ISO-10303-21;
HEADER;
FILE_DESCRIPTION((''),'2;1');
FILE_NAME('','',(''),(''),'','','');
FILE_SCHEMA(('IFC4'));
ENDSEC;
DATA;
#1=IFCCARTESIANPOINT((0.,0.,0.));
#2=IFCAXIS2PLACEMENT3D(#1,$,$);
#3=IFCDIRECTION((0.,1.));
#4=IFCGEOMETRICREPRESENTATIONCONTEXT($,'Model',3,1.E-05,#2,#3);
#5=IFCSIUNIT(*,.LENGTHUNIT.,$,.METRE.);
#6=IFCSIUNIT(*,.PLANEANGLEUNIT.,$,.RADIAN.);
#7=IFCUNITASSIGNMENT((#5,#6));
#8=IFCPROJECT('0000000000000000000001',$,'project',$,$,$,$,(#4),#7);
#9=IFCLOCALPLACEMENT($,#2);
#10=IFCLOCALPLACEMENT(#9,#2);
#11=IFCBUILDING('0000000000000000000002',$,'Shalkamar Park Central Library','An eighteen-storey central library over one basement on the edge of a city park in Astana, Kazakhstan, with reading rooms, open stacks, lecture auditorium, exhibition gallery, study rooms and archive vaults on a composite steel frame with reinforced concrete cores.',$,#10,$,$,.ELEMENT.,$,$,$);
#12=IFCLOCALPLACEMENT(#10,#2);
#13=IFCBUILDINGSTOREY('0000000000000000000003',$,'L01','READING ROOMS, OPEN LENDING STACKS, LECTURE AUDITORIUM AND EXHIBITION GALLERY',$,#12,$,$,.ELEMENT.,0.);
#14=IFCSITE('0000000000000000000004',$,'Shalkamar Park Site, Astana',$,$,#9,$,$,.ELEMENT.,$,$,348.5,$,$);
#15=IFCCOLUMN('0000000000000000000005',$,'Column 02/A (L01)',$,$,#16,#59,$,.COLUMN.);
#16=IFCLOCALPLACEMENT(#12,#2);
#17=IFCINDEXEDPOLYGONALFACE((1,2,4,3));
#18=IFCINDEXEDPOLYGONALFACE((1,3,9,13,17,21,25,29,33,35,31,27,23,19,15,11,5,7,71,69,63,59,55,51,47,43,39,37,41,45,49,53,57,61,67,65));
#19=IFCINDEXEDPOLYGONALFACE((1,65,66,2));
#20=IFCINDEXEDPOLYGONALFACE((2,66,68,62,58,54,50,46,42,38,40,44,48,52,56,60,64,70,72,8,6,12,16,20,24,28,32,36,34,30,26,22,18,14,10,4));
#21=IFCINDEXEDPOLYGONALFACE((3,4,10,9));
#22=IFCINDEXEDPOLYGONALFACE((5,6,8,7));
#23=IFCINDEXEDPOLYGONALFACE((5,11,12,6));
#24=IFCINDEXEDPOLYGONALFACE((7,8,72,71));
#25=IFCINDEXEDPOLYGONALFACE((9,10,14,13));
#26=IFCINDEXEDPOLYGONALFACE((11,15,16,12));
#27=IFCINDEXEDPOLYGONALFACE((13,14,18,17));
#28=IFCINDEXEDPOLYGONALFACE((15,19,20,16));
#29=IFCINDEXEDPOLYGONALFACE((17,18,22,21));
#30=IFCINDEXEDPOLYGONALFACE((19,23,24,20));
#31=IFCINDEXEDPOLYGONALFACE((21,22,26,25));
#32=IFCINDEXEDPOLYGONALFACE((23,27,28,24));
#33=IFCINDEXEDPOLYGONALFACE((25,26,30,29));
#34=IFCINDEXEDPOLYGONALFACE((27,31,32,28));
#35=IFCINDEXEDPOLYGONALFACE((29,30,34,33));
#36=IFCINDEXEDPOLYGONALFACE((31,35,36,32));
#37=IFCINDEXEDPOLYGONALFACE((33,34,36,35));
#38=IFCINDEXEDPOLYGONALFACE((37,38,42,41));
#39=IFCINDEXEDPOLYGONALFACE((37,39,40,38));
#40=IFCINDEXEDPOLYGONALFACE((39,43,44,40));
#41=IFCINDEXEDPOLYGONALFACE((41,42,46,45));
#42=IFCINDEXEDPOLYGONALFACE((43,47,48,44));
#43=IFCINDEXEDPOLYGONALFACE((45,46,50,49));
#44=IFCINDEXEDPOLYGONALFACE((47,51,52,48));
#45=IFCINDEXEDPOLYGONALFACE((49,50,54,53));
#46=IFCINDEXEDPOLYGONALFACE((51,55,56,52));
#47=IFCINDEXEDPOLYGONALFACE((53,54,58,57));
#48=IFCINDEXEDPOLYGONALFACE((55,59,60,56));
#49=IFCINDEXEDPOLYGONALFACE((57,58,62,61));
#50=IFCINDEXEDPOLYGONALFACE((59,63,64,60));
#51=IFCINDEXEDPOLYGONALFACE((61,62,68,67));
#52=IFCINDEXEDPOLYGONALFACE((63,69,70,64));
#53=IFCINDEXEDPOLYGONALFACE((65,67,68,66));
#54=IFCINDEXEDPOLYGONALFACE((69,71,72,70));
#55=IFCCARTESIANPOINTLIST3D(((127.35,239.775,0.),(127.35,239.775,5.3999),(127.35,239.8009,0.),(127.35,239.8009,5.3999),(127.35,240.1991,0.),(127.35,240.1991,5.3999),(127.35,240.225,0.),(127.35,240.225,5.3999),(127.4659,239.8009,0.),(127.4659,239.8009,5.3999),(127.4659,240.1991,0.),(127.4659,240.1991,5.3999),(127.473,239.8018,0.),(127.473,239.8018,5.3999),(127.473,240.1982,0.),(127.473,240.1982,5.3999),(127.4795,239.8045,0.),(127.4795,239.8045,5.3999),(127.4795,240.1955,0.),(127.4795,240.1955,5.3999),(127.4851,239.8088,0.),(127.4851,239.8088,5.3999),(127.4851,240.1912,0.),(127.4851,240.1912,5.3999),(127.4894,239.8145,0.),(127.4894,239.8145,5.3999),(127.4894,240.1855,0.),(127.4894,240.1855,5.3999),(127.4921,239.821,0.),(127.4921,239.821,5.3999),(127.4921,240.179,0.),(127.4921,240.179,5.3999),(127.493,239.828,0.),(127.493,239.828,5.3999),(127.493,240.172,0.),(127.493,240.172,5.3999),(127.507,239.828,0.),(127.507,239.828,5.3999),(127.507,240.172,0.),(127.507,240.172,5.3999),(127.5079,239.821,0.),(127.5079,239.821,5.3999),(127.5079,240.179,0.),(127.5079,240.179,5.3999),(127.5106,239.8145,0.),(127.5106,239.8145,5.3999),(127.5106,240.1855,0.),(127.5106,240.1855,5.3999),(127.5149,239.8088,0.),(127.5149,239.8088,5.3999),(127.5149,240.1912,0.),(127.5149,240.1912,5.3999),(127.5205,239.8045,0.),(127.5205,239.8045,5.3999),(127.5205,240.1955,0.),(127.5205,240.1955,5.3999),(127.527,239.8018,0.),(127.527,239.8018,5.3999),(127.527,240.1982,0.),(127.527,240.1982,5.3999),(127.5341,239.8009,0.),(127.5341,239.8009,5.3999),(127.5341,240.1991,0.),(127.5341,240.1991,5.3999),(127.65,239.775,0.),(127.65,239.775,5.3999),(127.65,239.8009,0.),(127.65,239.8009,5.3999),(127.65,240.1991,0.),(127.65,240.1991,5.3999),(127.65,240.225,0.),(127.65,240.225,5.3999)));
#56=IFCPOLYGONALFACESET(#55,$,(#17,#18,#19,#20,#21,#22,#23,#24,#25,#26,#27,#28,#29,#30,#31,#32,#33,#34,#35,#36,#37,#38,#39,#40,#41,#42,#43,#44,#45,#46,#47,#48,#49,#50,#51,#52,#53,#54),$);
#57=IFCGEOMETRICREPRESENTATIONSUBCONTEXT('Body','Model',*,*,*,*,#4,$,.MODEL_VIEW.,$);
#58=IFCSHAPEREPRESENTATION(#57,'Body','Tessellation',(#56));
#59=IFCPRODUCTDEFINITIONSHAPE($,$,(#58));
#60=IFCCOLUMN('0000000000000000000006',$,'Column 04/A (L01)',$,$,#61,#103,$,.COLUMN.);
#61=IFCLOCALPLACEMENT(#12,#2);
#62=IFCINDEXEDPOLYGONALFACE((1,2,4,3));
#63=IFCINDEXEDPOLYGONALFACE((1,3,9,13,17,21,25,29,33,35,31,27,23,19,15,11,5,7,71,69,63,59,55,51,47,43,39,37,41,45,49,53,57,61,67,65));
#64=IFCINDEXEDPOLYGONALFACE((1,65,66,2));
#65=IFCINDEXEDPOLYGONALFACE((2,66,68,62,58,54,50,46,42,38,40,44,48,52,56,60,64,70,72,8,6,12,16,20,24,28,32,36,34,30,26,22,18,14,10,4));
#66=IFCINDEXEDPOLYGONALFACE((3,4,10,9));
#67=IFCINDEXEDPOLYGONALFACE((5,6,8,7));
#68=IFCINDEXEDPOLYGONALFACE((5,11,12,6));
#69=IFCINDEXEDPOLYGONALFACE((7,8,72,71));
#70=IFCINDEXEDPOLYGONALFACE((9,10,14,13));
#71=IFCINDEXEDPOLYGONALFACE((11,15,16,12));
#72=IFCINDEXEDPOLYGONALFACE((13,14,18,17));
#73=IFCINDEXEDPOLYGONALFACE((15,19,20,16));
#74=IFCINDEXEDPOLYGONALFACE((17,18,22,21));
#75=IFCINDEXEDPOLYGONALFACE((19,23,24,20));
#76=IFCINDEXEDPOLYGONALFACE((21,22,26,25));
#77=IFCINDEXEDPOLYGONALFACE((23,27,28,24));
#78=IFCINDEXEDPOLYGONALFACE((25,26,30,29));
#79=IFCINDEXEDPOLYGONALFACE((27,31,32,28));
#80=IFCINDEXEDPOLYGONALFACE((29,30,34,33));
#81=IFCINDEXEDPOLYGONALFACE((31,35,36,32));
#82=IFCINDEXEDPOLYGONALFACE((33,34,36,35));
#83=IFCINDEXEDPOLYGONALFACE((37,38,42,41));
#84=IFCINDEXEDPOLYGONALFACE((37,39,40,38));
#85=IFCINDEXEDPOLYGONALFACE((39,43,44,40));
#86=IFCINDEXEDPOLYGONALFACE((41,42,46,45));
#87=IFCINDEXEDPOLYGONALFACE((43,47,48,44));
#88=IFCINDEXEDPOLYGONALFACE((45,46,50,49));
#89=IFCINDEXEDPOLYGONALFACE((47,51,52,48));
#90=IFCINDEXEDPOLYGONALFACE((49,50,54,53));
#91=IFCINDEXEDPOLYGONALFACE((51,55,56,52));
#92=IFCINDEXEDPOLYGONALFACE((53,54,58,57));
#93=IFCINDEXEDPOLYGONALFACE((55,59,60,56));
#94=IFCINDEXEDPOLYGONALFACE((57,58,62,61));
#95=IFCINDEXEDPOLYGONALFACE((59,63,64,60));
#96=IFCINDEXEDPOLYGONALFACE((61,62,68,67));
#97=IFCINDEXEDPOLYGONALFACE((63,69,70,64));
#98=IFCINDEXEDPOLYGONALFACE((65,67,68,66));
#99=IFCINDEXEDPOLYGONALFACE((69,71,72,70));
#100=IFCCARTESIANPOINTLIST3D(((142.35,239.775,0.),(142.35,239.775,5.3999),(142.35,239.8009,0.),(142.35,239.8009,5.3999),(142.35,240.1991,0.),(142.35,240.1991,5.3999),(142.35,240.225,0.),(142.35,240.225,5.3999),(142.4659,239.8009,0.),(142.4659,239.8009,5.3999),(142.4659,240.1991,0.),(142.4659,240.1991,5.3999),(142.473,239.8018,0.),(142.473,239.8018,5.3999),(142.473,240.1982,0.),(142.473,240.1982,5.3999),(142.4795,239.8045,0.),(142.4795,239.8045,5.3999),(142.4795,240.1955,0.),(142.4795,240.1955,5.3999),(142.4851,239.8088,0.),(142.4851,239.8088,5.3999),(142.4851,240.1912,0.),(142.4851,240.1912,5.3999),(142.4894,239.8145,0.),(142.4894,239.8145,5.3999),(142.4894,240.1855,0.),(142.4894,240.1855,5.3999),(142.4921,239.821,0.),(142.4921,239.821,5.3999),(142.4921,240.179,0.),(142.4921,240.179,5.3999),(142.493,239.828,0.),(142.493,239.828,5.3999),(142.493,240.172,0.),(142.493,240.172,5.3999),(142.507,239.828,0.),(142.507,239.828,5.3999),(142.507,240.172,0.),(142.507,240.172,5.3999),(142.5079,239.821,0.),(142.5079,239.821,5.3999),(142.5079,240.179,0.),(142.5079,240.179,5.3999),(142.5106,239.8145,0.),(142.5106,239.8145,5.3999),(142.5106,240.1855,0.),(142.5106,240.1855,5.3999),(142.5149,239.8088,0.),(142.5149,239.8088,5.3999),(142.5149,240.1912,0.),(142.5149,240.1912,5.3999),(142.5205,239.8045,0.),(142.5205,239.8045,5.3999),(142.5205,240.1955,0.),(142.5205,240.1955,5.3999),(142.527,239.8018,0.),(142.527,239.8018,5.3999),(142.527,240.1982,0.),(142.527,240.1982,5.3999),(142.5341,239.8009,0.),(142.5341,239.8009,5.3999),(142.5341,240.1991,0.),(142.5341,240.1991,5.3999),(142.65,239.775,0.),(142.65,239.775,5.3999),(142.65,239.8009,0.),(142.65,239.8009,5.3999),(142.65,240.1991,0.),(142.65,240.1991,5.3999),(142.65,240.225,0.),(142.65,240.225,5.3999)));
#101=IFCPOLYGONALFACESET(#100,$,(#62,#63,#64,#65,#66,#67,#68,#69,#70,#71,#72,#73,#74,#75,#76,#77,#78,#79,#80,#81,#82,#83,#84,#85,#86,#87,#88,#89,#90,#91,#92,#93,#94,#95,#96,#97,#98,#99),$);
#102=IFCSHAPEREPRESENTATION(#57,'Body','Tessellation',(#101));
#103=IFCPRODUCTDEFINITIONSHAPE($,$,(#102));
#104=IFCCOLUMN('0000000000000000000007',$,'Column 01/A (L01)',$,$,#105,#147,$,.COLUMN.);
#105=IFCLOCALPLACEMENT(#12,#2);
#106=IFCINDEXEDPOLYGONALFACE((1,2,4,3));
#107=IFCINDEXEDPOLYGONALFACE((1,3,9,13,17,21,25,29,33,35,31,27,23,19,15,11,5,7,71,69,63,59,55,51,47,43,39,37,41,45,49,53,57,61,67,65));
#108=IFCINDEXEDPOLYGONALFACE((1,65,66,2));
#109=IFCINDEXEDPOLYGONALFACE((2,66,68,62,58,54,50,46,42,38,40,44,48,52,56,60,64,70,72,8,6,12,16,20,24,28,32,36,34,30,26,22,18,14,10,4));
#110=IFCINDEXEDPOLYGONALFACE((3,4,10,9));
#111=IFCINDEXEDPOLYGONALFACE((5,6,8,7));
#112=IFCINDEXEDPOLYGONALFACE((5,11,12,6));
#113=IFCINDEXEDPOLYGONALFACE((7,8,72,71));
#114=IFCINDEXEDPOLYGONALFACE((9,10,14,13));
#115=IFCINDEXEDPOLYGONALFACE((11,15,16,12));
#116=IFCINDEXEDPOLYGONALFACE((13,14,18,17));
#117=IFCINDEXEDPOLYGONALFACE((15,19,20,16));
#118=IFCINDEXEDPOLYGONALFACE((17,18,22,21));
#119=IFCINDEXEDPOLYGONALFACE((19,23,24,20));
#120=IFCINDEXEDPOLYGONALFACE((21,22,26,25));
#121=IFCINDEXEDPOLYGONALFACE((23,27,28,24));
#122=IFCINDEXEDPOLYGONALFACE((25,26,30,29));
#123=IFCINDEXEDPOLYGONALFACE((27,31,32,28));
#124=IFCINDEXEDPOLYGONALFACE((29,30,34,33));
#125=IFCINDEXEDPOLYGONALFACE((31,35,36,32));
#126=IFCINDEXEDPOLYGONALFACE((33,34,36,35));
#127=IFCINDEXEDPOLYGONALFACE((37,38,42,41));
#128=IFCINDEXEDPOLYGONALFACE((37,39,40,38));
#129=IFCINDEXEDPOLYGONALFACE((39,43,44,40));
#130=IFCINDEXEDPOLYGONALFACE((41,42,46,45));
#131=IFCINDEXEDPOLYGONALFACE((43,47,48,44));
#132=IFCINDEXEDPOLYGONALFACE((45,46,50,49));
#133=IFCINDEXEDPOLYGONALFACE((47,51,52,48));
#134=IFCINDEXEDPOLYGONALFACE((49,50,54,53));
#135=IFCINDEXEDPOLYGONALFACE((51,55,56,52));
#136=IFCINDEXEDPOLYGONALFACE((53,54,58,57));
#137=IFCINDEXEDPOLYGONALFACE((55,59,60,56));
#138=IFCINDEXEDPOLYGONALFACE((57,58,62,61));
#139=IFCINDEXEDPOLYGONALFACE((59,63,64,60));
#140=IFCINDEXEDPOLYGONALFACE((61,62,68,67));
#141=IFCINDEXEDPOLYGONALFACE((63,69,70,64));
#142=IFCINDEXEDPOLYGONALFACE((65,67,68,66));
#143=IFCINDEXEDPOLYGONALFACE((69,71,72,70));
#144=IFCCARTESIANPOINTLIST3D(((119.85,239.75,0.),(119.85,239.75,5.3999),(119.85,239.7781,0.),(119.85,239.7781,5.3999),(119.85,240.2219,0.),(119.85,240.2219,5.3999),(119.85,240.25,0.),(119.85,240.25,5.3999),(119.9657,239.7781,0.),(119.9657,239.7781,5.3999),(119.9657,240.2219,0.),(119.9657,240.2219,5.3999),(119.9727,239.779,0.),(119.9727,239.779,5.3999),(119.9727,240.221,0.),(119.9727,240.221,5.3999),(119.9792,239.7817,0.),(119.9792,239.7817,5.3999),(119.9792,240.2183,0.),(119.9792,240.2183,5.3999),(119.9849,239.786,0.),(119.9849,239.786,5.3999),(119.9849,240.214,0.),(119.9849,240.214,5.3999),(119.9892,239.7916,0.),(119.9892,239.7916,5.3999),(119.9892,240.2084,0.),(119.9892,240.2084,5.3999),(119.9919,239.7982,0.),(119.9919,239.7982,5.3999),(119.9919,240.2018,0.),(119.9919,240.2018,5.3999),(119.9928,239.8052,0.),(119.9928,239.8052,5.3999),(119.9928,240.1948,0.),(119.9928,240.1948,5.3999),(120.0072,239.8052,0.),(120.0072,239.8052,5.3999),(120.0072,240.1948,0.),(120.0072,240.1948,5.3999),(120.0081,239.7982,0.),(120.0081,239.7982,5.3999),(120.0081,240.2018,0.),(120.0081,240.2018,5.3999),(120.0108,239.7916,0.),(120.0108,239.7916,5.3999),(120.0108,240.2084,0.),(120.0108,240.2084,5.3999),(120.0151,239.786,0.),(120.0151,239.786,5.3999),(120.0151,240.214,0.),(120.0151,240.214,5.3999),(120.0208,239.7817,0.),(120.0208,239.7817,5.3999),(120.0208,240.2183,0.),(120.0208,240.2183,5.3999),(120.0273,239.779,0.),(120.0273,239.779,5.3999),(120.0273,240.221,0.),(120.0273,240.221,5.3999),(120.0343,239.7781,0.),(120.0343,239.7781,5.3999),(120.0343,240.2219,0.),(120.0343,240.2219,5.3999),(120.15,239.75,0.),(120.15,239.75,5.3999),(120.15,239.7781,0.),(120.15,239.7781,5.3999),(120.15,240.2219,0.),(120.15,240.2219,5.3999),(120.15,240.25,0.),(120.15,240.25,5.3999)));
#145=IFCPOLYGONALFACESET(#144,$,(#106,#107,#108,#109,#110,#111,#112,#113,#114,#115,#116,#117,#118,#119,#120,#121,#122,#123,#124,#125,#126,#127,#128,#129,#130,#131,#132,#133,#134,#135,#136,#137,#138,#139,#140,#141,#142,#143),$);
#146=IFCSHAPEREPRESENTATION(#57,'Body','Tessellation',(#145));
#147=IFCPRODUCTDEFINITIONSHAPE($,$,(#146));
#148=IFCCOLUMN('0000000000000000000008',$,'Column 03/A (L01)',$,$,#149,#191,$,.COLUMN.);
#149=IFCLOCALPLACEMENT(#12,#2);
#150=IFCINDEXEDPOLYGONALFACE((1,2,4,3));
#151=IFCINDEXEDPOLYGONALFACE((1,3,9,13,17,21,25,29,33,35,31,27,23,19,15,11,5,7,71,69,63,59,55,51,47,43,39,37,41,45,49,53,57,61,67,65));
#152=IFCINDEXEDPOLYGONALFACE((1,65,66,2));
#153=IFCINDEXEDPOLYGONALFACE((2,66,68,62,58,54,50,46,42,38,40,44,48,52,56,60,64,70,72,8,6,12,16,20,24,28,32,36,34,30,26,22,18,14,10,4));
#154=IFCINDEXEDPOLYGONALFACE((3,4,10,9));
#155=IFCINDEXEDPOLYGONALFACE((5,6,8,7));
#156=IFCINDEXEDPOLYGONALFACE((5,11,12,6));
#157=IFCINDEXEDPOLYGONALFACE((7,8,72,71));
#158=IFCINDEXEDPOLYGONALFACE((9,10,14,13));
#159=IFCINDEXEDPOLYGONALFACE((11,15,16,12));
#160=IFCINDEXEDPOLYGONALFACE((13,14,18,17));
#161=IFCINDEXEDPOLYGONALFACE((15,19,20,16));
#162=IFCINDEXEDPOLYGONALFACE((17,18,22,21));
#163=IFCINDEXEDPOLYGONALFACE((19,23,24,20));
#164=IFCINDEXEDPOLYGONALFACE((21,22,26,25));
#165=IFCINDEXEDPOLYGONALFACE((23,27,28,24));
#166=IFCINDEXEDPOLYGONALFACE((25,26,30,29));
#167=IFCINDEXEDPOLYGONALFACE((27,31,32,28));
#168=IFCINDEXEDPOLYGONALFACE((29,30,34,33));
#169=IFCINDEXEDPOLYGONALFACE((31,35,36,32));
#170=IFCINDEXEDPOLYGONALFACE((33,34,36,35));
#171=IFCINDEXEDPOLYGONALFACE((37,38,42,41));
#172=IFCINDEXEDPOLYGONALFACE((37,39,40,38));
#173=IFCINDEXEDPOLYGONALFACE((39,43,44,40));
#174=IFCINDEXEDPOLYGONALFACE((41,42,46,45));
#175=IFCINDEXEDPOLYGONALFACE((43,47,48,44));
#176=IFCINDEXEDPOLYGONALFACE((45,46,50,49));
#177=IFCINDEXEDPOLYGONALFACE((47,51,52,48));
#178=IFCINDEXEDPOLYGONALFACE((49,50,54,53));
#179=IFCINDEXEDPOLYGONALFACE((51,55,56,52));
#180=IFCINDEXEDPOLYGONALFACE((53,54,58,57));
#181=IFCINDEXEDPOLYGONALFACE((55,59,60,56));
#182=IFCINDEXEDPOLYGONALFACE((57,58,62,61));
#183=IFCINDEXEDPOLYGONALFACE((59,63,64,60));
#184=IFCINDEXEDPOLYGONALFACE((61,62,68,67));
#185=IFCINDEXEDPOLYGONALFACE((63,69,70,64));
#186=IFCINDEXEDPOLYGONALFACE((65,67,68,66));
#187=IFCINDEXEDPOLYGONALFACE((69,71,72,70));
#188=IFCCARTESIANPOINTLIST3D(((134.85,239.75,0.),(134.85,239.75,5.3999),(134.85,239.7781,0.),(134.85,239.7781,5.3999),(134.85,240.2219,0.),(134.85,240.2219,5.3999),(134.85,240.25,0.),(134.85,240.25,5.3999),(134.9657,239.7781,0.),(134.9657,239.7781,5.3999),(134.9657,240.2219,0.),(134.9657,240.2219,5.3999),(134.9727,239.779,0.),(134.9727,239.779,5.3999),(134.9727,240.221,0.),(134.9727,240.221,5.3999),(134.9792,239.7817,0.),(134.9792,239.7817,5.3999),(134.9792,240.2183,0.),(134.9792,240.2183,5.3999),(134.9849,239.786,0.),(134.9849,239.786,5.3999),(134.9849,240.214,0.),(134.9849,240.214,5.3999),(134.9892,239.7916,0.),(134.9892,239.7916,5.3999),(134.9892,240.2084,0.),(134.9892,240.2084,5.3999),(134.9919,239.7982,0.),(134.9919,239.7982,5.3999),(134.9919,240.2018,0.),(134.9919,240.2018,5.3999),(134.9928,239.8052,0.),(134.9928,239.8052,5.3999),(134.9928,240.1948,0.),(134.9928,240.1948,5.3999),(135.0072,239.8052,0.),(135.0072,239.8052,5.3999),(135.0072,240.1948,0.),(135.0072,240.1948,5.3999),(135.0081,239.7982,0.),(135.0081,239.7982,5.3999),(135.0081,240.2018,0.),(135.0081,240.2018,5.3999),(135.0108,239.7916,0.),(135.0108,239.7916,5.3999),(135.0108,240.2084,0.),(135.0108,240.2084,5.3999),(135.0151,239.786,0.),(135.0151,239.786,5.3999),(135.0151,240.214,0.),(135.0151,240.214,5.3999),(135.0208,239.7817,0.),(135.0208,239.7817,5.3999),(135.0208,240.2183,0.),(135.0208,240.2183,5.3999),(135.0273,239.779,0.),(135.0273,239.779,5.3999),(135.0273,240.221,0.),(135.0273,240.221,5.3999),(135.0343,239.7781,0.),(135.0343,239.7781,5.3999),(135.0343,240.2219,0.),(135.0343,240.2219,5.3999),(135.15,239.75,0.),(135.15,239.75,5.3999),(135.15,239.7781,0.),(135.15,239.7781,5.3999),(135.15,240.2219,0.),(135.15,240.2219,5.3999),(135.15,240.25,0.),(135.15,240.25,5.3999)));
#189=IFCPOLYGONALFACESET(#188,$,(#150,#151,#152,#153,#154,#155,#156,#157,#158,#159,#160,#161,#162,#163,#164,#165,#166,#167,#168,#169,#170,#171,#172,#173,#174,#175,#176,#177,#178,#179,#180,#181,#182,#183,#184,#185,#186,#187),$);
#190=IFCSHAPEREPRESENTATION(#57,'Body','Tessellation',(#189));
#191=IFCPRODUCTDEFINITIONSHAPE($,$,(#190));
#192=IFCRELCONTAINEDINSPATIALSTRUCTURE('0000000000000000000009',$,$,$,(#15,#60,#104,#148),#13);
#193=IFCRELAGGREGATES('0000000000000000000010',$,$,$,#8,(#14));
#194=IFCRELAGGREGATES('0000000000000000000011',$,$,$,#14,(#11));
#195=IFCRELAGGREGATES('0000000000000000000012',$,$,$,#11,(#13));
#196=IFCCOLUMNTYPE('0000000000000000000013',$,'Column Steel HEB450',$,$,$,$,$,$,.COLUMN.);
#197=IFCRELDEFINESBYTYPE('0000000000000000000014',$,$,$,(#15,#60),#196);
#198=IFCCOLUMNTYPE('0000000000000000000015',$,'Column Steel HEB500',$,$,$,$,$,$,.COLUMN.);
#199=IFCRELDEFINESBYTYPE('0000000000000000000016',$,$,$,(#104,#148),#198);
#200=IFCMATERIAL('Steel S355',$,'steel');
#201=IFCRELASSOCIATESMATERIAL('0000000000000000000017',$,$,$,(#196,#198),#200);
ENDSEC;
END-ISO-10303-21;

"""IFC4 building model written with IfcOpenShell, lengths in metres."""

from ifc_helpers import new_model, si_unit, direction, frame, origin, origin_2d, place, context, subcontext, project, spatial, i_section, extrude, material, material_profile, profile_set, type_object, element, save


model = new_model("IFC4")

# Units and contexts
model_context = context("Model", 3, precision=1e-05, world=origin(), true_north=direction((0.0, 1.0)))
body_context = subcontext(model_context, "Body", "Model", "MODEL_VIEW")
ifc_project = project(units=[si_unit("LENGTHUNIT", "METRE"), si_unit("PLANEANGLEUNIT", "RADIAN")], contexts=[model_context])

# Site, building, storey
site_placement = place(None, origin())
site = spatial("IfcSite", under=ifc_project, at=site_placement, Name="Shalkamar Park Site, Astana", CompositionType="ELEMENT", RefElevation=348.5)
building_placement = place(site_placement, origin())
building = spatial("IfcBuilding", under=site, at=building_placement, Name="Shalkamar Park Central Library", Description="An eighteen-storey central library over one basement on the edge of a city park in Astana, Kazakhstan, with reading rooms, open stacks, lecture auditorium, exhibition gallery, study rooms and archive vaults on a composite steel frame with reinforced concrete cores.", CompositionType="ELEMENT")
storey_placement = place(building_placement, origin())
storey = spatial("IfcBuildingStorey", under=building, at=storey_placement, Name="L01", Description="READING ROOMS, OPEN LENDING STACKS, LECTURE AUDITORIUM AND EXHIBITION GALLERY", CompositionType="ELEMENT", Elevation=0.0)

# Columns
ifc_material_1 = material(Name="Steel S355", Category="steel")
ifc_material_profile_1 = material_profile(ifc_material_1, i_section(OverallWidth=0.3, OverallDepth=0.45, WebThickness=0.0139, FlangeThickness=0.0259, FilletRadius=0.0271, at=origin_2d()), Name="HEB 450")
ifc_profile_set_1 = profile_set([ifc_material_profile_1], Name="Steel S355")
column_type_1 = type_object("IfcColumnType", Name="Column Steel HEB450", PredefinedType="COLUMN", material=ifc_profile_set_1)
for number, where, z_axis, x_axis, name in (
    (1, (127.5, 240.0, 0.0), (0.0, 0.0, 1.0), (1.0, 0.0, 0.0), "Column 02/A (L01)"),
    (2, (142.5, 240.0, 0.0), (0.0, 0.0, 1.0), (1.0, 0.0, 0.0), "Column 04/A (L01)"),
):
    element("IfcColumn", number, at=place(storey_placement, frame(where, z_axis=z_axis, x_axis=x_axis)), inside=storey, type_object=column_type_1, Name=name, PredefinedType="COLUMN", context=body_context, shape_type="SweptSolid", body=[
        extrude(i_section(OverallWidth=0.3, OverallDepth=0.45, WebThickness=0.0139, FlangeThickness=0.0259, FilletRadius=0.0271, at=origin_2d()), origin(), (0.0, 0.0, 1.0), 5.3999),
    ])
ifc_material_profile_2 = material_profile(ifc_material_1, i_section(OverallWidth=0.3, OverallDepth=0.5, WebThickness=0.0144, FlangeThickness=0.0281, FilletRadius=0.0271, at=origin_2d()), Name="HEB 500")
ifc_profile_set_2 = profile_set([ifc_material_profile_2], Name="Steel S355")
column_type_2 = type_object("IfcColumnType", Name="Column Steel HEB500", PredefinedType="COLUMN", material=ifc_profile_set_2)
for number, where, z_axis, x_axis, name in (
    (3, (120.0, 240.0, 0.0), (0.0, 0.0, 1.0), (1.0, 0.0, 0.0), "Column 01/A (L01)"),
    (4, (135.0, 240.0, 0.0), (0.0, 0.0, 1.0), (1.0, 0.0, 0.0), "Column 03/A (L01)"),
):
    element("IfcColumn", number, at=place(storey_placement, frame(where, z_axis=z_axis, x_axis=x_axis)), inside=storey, type_object=column_type_2, Name=name, PredefinedType="COLUMN", context=body_context, shape_type="SweptSolid", body=[
        extrude(i_section(OverallWidth=0.3, OverallDepth=0.5, WebThickness=0.0144, FlangeThickness=0.0281, FilletRadius=0.0271, at=origin_2d()), origin(), (0.0, 0.0, 1.0), 5.3999),
    ])

save(model, "model.ifc")
